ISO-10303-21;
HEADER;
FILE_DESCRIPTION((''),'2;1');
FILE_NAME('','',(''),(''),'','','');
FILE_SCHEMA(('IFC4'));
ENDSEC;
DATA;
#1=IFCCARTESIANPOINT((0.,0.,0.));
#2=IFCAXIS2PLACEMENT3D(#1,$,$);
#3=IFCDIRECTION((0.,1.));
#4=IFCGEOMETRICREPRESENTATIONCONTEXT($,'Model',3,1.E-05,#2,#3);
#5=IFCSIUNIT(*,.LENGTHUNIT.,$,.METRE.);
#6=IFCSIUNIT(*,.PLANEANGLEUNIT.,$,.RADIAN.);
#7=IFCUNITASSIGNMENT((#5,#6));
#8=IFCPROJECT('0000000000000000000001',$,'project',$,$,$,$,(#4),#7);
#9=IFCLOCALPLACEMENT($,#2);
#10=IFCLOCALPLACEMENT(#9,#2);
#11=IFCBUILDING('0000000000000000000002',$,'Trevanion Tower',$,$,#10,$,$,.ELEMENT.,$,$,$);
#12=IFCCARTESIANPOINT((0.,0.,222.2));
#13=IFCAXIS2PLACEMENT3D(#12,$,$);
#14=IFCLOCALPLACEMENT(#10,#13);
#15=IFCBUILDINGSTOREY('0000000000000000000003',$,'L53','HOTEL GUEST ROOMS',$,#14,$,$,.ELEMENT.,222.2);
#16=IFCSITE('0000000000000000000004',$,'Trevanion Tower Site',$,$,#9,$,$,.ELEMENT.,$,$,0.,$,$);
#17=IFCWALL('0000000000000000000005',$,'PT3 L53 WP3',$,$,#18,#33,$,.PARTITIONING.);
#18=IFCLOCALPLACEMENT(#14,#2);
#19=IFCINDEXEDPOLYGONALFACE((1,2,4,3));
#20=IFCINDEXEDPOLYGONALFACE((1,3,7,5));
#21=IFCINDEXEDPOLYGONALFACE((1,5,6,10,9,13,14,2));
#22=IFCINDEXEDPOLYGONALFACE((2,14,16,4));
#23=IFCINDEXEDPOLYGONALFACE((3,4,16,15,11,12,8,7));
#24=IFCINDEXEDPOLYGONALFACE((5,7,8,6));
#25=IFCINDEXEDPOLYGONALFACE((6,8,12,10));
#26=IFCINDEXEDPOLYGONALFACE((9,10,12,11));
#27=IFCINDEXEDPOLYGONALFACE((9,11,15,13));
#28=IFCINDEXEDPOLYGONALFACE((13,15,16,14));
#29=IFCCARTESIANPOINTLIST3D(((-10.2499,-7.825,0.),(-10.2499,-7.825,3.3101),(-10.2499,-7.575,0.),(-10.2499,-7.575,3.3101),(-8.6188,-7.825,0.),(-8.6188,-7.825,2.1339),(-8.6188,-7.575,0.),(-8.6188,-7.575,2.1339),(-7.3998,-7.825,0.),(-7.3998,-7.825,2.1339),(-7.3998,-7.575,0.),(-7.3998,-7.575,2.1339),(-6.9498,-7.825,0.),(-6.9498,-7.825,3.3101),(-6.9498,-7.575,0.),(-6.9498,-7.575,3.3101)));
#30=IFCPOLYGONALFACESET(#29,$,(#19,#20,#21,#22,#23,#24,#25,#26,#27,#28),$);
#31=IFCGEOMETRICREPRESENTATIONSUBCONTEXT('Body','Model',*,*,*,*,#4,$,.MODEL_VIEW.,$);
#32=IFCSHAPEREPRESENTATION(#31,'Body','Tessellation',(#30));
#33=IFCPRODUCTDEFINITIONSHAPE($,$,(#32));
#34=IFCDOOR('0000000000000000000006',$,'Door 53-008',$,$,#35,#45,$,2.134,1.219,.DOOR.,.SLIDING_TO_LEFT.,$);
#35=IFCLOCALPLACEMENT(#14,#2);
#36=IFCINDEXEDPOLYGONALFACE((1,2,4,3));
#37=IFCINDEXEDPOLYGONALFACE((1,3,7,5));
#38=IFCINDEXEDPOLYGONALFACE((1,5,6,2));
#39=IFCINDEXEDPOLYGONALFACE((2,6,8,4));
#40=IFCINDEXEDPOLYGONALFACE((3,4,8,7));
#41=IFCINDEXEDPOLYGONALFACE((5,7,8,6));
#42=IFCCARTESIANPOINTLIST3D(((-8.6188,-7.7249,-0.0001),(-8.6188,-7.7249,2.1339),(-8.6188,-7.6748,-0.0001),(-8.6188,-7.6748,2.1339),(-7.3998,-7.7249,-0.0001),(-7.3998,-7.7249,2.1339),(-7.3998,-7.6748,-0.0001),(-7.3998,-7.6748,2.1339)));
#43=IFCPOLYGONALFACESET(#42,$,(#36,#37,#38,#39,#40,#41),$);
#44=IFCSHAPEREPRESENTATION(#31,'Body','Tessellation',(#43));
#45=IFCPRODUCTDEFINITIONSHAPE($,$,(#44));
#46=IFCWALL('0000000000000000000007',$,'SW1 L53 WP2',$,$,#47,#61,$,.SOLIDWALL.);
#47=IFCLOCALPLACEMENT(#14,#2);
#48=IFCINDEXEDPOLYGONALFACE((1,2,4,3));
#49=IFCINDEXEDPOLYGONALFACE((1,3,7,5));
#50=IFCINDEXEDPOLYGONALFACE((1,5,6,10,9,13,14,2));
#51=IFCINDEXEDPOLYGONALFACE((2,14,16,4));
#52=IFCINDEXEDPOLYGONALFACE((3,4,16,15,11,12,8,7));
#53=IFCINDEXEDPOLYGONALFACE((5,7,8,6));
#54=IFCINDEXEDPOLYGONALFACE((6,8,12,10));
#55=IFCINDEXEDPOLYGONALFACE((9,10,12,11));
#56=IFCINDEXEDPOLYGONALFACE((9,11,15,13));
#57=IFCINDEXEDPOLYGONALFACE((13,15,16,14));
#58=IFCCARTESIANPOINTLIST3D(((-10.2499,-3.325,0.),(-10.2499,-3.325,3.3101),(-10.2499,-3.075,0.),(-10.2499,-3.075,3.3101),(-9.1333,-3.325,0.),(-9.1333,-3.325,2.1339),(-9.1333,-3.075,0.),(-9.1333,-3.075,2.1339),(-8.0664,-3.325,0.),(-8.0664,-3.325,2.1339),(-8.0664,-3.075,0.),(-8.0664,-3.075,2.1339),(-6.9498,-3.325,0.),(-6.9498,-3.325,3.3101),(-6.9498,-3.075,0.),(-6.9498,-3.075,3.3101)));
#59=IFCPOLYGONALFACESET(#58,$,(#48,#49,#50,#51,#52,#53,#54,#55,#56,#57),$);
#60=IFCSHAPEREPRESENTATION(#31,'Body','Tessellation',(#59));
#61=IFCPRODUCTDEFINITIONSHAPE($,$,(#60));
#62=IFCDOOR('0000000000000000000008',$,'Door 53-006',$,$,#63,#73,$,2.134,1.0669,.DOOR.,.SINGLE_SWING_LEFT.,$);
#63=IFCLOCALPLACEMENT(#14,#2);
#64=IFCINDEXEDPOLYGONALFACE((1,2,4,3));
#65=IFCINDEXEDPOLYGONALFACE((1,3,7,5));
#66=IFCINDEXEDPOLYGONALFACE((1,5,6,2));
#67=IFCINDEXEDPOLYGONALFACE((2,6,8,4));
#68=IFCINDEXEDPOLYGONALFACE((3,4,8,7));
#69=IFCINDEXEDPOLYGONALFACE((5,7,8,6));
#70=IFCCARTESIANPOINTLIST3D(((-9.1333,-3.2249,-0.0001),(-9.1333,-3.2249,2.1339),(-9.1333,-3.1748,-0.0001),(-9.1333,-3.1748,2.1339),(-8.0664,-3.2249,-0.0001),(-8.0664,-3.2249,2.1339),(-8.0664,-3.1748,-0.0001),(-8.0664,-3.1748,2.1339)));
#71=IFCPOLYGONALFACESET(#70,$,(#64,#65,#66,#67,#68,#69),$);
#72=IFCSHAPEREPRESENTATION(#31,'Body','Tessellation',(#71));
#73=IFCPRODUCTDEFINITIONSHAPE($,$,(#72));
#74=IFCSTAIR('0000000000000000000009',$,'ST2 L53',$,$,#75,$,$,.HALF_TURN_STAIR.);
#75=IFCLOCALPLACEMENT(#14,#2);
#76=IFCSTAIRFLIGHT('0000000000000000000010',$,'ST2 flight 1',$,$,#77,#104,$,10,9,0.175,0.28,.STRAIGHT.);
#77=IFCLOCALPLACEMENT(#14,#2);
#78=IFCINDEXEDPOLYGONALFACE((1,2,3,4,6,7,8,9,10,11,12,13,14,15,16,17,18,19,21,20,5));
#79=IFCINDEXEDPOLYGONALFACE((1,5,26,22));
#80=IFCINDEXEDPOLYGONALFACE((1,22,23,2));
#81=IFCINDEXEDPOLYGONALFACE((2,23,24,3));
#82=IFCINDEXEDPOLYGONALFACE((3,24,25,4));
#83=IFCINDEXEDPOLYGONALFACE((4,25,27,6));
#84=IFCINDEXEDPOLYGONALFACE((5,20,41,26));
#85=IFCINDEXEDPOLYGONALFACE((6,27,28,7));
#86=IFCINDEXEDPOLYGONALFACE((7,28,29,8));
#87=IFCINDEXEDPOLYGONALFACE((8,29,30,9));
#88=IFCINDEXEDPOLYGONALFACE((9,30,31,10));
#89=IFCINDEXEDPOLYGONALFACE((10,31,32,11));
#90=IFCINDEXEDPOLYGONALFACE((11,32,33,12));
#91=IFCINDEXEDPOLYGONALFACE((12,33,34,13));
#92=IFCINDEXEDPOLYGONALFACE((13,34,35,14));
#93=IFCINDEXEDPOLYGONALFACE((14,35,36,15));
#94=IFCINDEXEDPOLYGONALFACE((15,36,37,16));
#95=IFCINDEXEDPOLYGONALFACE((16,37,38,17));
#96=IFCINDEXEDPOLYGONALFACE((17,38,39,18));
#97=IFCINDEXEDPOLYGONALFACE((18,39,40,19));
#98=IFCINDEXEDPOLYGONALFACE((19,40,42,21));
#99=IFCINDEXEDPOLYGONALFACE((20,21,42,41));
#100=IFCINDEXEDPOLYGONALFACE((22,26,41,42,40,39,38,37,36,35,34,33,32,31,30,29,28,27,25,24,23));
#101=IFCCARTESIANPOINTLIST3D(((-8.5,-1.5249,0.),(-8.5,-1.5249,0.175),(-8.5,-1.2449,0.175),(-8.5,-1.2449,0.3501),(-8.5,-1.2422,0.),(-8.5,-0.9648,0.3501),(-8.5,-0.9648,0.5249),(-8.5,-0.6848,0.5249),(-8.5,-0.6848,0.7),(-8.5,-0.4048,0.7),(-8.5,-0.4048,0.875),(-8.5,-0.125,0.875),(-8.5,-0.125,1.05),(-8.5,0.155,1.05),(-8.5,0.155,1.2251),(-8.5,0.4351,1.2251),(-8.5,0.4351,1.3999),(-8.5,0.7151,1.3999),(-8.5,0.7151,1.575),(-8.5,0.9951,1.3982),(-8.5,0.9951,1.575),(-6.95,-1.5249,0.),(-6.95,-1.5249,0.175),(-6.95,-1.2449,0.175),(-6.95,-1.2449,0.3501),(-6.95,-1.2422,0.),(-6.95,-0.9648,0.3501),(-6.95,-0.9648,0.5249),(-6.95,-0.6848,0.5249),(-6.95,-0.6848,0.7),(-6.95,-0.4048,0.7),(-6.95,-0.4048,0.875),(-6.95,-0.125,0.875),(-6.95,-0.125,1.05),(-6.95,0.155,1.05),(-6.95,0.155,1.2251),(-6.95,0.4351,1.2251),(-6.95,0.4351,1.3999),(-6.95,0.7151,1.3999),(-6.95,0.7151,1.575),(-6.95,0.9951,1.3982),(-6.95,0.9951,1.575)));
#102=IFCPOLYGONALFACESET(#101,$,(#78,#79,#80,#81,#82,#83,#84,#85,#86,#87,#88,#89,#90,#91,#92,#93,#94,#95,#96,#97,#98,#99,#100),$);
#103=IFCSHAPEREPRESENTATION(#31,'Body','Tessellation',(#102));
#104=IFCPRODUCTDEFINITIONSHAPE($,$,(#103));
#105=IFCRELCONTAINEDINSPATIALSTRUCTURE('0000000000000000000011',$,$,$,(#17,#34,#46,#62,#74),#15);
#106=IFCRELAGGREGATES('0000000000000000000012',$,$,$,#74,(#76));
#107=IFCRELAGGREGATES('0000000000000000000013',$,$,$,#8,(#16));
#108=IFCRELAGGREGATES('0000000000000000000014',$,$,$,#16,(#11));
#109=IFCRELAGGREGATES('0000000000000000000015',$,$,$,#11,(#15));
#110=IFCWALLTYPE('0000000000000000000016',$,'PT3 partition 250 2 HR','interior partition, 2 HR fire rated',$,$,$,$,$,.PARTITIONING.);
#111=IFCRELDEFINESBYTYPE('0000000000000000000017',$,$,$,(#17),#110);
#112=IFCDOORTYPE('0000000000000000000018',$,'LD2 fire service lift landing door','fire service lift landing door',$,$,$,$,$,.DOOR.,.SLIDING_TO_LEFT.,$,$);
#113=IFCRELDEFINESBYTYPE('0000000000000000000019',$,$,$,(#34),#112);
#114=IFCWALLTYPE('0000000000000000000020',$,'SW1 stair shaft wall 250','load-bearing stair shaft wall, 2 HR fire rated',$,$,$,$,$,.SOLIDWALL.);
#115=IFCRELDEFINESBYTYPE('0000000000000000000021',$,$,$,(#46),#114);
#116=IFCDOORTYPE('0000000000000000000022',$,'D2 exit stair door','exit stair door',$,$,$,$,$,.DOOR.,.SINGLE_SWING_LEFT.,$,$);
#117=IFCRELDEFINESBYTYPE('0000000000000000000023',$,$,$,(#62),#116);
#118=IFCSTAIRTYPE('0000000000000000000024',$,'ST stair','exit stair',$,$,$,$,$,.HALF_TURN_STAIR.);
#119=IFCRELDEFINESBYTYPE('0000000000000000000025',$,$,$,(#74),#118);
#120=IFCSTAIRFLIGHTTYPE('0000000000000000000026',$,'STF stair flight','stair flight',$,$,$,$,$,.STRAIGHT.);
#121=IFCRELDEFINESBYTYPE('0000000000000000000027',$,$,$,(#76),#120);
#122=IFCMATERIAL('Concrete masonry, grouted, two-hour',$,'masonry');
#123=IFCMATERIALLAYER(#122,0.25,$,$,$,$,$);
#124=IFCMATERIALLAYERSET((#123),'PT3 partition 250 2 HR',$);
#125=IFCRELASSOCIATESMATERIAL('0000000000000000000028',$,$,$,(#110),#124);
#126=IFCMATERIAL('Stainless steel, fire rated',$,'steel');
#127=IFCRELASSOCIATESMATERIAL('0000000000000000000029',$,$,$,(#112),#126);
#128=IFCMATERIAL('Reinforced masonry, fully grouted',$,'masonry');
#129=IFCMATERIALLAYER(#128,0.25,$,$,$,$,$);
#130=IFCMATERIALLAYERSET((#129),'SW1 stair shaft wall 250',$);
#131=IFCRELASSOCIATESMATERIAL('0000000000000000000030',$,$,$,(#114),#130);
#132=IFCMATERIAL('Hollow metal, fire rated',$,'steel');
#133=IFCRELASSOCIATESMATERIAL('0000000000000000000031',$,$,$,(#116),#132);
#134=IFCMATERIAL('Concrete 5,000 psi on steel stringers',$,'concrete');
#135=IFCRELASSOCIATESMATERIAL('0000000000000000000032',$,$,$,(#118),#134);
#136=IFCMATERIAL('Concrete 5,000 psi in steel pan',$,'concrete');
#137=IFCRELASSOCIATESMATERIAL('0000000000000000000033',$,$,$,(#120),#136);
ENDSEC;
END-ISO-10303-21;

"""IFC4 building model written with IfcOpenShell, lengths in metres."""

from ifc_helpers import new_model, si_unit, direction, frame, frame_2d, origin, place, context, subcontext, project, spatial, polyline, rectangle, outline, extrude, material, layer, layer_set, type_object, element, fill, aggregate, save


model = new_model("IFC4")

# Units and contexts
model_context = context("Model", 3, precision=1e-05, world=origin(), true_north=direction((0.0, 1.0)))
body_context = subcontext(model_context, "Body", "Model", "MODEL_VIEW")
ifc_project = project(units=[si_unit("LENGTHUNIT", "METRE"), si_unit("PLANEANGLEUNIT", "RADIAN")], contexts=[model_context])

# Site, building, storey
site_placement = place(None, origin())
site = spatial("IfcSite", under=ifc_project, at=site_placement, Name="Trevanion Tower Site", CompositionType="ELEMENT", RefElevation=0.0)
building_placement = place(site_placement, origin())
building = spatial("IfcBuilding", under=site, at=building_placement, Name="Trevanion Tower", CompositionType="ELEMENT")
storey_placement = place(building_placement, frame((0.0, 0.0, 222.2)))
storey = spatial("IfcBuildingStorey", under=building, at=storey_placement, Name="L53", Description="HOTEL GUEST ROOMS", CompositionType="ELEMENT", Elevation=222.2)

# Walls, openings, doors
ifc_material_1 = material(Name="Concrete masonry, grouted, two-hour", Category="masonry")
ifc_layer_1 = layer(ifc_material_1, 0.25)
ifc_layer_set_1 = layer_set([ifc_layer_1], Name="PT3 partition 250 2 HR")
wall_type_1 = type_object("IfcWallType", Name="PT3 partition 250 2 HR", Description="interior partition, 2 HR fire rated", PredefinedType="PARTITIONING", material=ifc_layer_set_1)
wall_1_placement = place(storey_placement, frame((-6.95, -7.7, 0.0), z_axis=(0.0, 0.0, 1.0), x_axis=(-1.0, 0.0, 0.0)))
wall_1 = element("IfcWall", 1, at=wall_1_placement, inside=storey, type_object=wall_type_1, Name="PT3 L53 WP3", PredefinedType="PARTITIONING", context=body_context, shape_type="SweptSolid", body=[
    extrude(rectangle(XDim=3.3, YDim=0.25, at=frame_2d((1.6499, 0.0))), origin(), (0.0, 0.0, 1.0), 3.3101),
])
opening_1_placement = place(wall_1_placement, frame((0.45, 0.0, 0.0)))
opening_1 = element("IfcOpeningElement", 2, at=opening_1_placement, cuts=wall_1, PredefinedType="OPENING", context=body_context, shape_type="SweptSolid", body=[
    extrude(rectangle(XDim=1.219, YDim=2.134, at=frame_2d((0.6094, 1.0669))), frame((0.0, 0.135, 0.0), z_axis=(0.0, -1.0, 0.0), x_axis=(1.0, 0.0, 0.0)), (0.0, 0.0, 1.0), 0.27),
])
ifc_material_2 = material(Name="Stainless steel, fire rated", Category="steel")
door_type_1 = type_object("IfcDoorType", Name="LD2 fire service lift landing door", Description="fire service lift landing door", OperationType="SLIDING_TO_LEFT", PredefinedType="DOOR", material=ifc_material_2)
door_1_placement = place(opening_1_placement, origin())
door_1 = element("IfcDoor", 3, at=door_1_placement, inside=storey, type_object=door_type_1, Name="Door 53-008", OperationType="SLIDING_TO_LEFT", OverallHeight=2.134, OverallWidth=1.219, PredefinedType="DOOR", context=body_context, shape_type="SweptSolid", body=[
    extrude(rectangle(XDim=1.219, YDim=2.134, at=frame_2d((0.6094, 1.0669))), frame((0.0, 0.0249, 0.0), z_axis=(0.0, -1.0, 0.0), x_axis=(1.0, 0.0, 0.0)), (0.0, 0.0, 1.0), 0.05),
])
fill(opening_1, door_1)
ifc_material_3 = material(Name="Reinforced masonry, fully grouted", Category="masonry")
ifc_layer_2 = layer(ifc_material_3, 0.25)
ifc_layer_set_2 = layer_set([ifc_layer_2], Name="SW1 stair shaft wall 250")
wall_type_2 = type_object("IfcWallType", Name="SW1 stair shaft wall 250", Description="load-bearing stair shaft wall, 2 HR fire rated", PredefinedType="SOLIDWALL", material=ifc_layer_set_2)
wall_2_placement = place(storey_placement, frame((-6.95, -3.2, 0.0), z_axis=(0.0, 0.0, 1.0), x_axis=(-1.0, 0.0, 0.0)))
wall_2 = element("IfcWall", 4, at=wall_2_placement, inside=storey, type_object=wall_type_2, Name="SW1 L53 WP2", PredefinedType="SOLIDWALL", context=body_context, shape_type="SweptSolid", body=[
    extrude(rectangle(XDim=3.3, YDim=0.25, at=frame_2d((1.6499, 0.0))), origin(), (0.0, 0.0, 1.0), 3.3101),
])
opening_2_placement = place(wall_2_placement, frame((1.1165, 0.0, 0.0)))
opening_2 = element("IfcOpeningElement", 5, at=opening_2_placement, cuts=wall_2, PredefinedType="OPENING", context=body_context, shape_type="SweptSolid", body=[
    extrude(rectangle(XDim=1.0669, YDim=2.134, at=frame_2d((0.5334, 1.0669))), frame((0.0, 0.135, 0.0), z_axis=(0.0, -1.0, 0.0), x_axis=(1.0, 0.0, 0.0)), (0.0, 0.0, 1.0), 0.27),
])
ifc_material_4 = material(Name="Hollow metal, fire rated", Category="steel")
door_type_2 = type_object("IfcDoorType", Name="D2 exit stair door", Description="exit stair door", OperationType="SINGLE_SWING_LEFT", PredefinedType="DOOR", material=ifc_material_4)
door_2_placement = place(opening_2_placement, origin())
door_2 = element("IfcDoor", 6, at=door_2_placement, inside=storey, type_object=door_type_2, Name="Door 53-006", OperationType="SINGLE_SWING_LEFT", OverallHeight=2.134, OverallWidth=1.0669, PredefinedType="DOOR", context=body_context, shape_type="SweptSolid", body=[
    extrude(rectangle(XDim=1.0669, YDim=2.134, at=frame_2d((0.5334, 1.0669))), frame((0.0, 0.0249, 0.0), z_axis=(0.0, -1.0, 0.0), x_axis=(1.0, 0.0, 0.0)), (0.0, 0.0, 1.0), 0.05),
])
fill(opening_2, door_2)

# Stair, stair flight
ifc_material_5 = material(Name="Concrete 5,000 psi on steel stringers", Category="concrete")
stair_type = type_object("IfcStairType", Name="ST stair", Description="exit stair", PredefinedType="HALF_TURN_STAIR", material=ifc_material_5)
stair_placement = place(storey_placement, origin())
stair = element("IfcStair", 7, at=stair_placement, inside=storey, type_object=stair_type, Name="ST2 L53", PredefinedType="HALF_TURN_STAIR")
ifc_material_6 = material(Name="Concrete 5,000 psi in steel pan", Category="concrete")
stair_flight_type = type_object("IfcStairFlightType", Name="STF stair flight", Description="stair flight", PredefinedType="STRAIGHT", material=ifc_material_6)
stair_flight_placement = place(storey_placement, frame((-7.7251, -1.5249, 0.0), z_axis=(0.0, 0.0, 1.0), x_axis=(0.0, 1.0, 0.0)))
stair_flight = element("IfcStairFlight", 8, at=stair_flight_placement, type_object=stair_flight_type, Name="ST2 flight 1", NumberOfRisers=10, NumberOfTreads=9, PredefinedType="STRAIGHT", RiserHeight=0.175, TreadLength=0.28, context=body_context, shape_type="SweptSolid", body=[
    extrude(outline(polyline([(0.0, 0.0), (0.0, 0.175), (0.28, 0.175), (0.28, 0.3501), (0.5601, 0.3501), (0.5601, 0.5249), (0.8401, 0.5249), (0.8401, 0.7), (1.1201, 0.7), (1.1201, 0.875), (1.3999, 0.875), (1.3999, 1.05), (1.6799, 1.05), (1.6799, 1.2251), (1.96, 1.2251), (1.96, 1.3999), (2.24, 1.3999), (2.24, 1.575), (2.52, 1.575), (2.52, 1.75), (2.52, 1.3982), (0.2827, 0.0), (0.0, 0.0)])), frame((0.0, 0.7749, 0.0), z_axis=(0.0, -1.0, 0.0), x_axis=(1.0, 0.0, 0.0)), (0.0, 0.0, 1.0), 1.55),
])
aggregate(stair, [stair_flight])

save(model, "model.ifc")
